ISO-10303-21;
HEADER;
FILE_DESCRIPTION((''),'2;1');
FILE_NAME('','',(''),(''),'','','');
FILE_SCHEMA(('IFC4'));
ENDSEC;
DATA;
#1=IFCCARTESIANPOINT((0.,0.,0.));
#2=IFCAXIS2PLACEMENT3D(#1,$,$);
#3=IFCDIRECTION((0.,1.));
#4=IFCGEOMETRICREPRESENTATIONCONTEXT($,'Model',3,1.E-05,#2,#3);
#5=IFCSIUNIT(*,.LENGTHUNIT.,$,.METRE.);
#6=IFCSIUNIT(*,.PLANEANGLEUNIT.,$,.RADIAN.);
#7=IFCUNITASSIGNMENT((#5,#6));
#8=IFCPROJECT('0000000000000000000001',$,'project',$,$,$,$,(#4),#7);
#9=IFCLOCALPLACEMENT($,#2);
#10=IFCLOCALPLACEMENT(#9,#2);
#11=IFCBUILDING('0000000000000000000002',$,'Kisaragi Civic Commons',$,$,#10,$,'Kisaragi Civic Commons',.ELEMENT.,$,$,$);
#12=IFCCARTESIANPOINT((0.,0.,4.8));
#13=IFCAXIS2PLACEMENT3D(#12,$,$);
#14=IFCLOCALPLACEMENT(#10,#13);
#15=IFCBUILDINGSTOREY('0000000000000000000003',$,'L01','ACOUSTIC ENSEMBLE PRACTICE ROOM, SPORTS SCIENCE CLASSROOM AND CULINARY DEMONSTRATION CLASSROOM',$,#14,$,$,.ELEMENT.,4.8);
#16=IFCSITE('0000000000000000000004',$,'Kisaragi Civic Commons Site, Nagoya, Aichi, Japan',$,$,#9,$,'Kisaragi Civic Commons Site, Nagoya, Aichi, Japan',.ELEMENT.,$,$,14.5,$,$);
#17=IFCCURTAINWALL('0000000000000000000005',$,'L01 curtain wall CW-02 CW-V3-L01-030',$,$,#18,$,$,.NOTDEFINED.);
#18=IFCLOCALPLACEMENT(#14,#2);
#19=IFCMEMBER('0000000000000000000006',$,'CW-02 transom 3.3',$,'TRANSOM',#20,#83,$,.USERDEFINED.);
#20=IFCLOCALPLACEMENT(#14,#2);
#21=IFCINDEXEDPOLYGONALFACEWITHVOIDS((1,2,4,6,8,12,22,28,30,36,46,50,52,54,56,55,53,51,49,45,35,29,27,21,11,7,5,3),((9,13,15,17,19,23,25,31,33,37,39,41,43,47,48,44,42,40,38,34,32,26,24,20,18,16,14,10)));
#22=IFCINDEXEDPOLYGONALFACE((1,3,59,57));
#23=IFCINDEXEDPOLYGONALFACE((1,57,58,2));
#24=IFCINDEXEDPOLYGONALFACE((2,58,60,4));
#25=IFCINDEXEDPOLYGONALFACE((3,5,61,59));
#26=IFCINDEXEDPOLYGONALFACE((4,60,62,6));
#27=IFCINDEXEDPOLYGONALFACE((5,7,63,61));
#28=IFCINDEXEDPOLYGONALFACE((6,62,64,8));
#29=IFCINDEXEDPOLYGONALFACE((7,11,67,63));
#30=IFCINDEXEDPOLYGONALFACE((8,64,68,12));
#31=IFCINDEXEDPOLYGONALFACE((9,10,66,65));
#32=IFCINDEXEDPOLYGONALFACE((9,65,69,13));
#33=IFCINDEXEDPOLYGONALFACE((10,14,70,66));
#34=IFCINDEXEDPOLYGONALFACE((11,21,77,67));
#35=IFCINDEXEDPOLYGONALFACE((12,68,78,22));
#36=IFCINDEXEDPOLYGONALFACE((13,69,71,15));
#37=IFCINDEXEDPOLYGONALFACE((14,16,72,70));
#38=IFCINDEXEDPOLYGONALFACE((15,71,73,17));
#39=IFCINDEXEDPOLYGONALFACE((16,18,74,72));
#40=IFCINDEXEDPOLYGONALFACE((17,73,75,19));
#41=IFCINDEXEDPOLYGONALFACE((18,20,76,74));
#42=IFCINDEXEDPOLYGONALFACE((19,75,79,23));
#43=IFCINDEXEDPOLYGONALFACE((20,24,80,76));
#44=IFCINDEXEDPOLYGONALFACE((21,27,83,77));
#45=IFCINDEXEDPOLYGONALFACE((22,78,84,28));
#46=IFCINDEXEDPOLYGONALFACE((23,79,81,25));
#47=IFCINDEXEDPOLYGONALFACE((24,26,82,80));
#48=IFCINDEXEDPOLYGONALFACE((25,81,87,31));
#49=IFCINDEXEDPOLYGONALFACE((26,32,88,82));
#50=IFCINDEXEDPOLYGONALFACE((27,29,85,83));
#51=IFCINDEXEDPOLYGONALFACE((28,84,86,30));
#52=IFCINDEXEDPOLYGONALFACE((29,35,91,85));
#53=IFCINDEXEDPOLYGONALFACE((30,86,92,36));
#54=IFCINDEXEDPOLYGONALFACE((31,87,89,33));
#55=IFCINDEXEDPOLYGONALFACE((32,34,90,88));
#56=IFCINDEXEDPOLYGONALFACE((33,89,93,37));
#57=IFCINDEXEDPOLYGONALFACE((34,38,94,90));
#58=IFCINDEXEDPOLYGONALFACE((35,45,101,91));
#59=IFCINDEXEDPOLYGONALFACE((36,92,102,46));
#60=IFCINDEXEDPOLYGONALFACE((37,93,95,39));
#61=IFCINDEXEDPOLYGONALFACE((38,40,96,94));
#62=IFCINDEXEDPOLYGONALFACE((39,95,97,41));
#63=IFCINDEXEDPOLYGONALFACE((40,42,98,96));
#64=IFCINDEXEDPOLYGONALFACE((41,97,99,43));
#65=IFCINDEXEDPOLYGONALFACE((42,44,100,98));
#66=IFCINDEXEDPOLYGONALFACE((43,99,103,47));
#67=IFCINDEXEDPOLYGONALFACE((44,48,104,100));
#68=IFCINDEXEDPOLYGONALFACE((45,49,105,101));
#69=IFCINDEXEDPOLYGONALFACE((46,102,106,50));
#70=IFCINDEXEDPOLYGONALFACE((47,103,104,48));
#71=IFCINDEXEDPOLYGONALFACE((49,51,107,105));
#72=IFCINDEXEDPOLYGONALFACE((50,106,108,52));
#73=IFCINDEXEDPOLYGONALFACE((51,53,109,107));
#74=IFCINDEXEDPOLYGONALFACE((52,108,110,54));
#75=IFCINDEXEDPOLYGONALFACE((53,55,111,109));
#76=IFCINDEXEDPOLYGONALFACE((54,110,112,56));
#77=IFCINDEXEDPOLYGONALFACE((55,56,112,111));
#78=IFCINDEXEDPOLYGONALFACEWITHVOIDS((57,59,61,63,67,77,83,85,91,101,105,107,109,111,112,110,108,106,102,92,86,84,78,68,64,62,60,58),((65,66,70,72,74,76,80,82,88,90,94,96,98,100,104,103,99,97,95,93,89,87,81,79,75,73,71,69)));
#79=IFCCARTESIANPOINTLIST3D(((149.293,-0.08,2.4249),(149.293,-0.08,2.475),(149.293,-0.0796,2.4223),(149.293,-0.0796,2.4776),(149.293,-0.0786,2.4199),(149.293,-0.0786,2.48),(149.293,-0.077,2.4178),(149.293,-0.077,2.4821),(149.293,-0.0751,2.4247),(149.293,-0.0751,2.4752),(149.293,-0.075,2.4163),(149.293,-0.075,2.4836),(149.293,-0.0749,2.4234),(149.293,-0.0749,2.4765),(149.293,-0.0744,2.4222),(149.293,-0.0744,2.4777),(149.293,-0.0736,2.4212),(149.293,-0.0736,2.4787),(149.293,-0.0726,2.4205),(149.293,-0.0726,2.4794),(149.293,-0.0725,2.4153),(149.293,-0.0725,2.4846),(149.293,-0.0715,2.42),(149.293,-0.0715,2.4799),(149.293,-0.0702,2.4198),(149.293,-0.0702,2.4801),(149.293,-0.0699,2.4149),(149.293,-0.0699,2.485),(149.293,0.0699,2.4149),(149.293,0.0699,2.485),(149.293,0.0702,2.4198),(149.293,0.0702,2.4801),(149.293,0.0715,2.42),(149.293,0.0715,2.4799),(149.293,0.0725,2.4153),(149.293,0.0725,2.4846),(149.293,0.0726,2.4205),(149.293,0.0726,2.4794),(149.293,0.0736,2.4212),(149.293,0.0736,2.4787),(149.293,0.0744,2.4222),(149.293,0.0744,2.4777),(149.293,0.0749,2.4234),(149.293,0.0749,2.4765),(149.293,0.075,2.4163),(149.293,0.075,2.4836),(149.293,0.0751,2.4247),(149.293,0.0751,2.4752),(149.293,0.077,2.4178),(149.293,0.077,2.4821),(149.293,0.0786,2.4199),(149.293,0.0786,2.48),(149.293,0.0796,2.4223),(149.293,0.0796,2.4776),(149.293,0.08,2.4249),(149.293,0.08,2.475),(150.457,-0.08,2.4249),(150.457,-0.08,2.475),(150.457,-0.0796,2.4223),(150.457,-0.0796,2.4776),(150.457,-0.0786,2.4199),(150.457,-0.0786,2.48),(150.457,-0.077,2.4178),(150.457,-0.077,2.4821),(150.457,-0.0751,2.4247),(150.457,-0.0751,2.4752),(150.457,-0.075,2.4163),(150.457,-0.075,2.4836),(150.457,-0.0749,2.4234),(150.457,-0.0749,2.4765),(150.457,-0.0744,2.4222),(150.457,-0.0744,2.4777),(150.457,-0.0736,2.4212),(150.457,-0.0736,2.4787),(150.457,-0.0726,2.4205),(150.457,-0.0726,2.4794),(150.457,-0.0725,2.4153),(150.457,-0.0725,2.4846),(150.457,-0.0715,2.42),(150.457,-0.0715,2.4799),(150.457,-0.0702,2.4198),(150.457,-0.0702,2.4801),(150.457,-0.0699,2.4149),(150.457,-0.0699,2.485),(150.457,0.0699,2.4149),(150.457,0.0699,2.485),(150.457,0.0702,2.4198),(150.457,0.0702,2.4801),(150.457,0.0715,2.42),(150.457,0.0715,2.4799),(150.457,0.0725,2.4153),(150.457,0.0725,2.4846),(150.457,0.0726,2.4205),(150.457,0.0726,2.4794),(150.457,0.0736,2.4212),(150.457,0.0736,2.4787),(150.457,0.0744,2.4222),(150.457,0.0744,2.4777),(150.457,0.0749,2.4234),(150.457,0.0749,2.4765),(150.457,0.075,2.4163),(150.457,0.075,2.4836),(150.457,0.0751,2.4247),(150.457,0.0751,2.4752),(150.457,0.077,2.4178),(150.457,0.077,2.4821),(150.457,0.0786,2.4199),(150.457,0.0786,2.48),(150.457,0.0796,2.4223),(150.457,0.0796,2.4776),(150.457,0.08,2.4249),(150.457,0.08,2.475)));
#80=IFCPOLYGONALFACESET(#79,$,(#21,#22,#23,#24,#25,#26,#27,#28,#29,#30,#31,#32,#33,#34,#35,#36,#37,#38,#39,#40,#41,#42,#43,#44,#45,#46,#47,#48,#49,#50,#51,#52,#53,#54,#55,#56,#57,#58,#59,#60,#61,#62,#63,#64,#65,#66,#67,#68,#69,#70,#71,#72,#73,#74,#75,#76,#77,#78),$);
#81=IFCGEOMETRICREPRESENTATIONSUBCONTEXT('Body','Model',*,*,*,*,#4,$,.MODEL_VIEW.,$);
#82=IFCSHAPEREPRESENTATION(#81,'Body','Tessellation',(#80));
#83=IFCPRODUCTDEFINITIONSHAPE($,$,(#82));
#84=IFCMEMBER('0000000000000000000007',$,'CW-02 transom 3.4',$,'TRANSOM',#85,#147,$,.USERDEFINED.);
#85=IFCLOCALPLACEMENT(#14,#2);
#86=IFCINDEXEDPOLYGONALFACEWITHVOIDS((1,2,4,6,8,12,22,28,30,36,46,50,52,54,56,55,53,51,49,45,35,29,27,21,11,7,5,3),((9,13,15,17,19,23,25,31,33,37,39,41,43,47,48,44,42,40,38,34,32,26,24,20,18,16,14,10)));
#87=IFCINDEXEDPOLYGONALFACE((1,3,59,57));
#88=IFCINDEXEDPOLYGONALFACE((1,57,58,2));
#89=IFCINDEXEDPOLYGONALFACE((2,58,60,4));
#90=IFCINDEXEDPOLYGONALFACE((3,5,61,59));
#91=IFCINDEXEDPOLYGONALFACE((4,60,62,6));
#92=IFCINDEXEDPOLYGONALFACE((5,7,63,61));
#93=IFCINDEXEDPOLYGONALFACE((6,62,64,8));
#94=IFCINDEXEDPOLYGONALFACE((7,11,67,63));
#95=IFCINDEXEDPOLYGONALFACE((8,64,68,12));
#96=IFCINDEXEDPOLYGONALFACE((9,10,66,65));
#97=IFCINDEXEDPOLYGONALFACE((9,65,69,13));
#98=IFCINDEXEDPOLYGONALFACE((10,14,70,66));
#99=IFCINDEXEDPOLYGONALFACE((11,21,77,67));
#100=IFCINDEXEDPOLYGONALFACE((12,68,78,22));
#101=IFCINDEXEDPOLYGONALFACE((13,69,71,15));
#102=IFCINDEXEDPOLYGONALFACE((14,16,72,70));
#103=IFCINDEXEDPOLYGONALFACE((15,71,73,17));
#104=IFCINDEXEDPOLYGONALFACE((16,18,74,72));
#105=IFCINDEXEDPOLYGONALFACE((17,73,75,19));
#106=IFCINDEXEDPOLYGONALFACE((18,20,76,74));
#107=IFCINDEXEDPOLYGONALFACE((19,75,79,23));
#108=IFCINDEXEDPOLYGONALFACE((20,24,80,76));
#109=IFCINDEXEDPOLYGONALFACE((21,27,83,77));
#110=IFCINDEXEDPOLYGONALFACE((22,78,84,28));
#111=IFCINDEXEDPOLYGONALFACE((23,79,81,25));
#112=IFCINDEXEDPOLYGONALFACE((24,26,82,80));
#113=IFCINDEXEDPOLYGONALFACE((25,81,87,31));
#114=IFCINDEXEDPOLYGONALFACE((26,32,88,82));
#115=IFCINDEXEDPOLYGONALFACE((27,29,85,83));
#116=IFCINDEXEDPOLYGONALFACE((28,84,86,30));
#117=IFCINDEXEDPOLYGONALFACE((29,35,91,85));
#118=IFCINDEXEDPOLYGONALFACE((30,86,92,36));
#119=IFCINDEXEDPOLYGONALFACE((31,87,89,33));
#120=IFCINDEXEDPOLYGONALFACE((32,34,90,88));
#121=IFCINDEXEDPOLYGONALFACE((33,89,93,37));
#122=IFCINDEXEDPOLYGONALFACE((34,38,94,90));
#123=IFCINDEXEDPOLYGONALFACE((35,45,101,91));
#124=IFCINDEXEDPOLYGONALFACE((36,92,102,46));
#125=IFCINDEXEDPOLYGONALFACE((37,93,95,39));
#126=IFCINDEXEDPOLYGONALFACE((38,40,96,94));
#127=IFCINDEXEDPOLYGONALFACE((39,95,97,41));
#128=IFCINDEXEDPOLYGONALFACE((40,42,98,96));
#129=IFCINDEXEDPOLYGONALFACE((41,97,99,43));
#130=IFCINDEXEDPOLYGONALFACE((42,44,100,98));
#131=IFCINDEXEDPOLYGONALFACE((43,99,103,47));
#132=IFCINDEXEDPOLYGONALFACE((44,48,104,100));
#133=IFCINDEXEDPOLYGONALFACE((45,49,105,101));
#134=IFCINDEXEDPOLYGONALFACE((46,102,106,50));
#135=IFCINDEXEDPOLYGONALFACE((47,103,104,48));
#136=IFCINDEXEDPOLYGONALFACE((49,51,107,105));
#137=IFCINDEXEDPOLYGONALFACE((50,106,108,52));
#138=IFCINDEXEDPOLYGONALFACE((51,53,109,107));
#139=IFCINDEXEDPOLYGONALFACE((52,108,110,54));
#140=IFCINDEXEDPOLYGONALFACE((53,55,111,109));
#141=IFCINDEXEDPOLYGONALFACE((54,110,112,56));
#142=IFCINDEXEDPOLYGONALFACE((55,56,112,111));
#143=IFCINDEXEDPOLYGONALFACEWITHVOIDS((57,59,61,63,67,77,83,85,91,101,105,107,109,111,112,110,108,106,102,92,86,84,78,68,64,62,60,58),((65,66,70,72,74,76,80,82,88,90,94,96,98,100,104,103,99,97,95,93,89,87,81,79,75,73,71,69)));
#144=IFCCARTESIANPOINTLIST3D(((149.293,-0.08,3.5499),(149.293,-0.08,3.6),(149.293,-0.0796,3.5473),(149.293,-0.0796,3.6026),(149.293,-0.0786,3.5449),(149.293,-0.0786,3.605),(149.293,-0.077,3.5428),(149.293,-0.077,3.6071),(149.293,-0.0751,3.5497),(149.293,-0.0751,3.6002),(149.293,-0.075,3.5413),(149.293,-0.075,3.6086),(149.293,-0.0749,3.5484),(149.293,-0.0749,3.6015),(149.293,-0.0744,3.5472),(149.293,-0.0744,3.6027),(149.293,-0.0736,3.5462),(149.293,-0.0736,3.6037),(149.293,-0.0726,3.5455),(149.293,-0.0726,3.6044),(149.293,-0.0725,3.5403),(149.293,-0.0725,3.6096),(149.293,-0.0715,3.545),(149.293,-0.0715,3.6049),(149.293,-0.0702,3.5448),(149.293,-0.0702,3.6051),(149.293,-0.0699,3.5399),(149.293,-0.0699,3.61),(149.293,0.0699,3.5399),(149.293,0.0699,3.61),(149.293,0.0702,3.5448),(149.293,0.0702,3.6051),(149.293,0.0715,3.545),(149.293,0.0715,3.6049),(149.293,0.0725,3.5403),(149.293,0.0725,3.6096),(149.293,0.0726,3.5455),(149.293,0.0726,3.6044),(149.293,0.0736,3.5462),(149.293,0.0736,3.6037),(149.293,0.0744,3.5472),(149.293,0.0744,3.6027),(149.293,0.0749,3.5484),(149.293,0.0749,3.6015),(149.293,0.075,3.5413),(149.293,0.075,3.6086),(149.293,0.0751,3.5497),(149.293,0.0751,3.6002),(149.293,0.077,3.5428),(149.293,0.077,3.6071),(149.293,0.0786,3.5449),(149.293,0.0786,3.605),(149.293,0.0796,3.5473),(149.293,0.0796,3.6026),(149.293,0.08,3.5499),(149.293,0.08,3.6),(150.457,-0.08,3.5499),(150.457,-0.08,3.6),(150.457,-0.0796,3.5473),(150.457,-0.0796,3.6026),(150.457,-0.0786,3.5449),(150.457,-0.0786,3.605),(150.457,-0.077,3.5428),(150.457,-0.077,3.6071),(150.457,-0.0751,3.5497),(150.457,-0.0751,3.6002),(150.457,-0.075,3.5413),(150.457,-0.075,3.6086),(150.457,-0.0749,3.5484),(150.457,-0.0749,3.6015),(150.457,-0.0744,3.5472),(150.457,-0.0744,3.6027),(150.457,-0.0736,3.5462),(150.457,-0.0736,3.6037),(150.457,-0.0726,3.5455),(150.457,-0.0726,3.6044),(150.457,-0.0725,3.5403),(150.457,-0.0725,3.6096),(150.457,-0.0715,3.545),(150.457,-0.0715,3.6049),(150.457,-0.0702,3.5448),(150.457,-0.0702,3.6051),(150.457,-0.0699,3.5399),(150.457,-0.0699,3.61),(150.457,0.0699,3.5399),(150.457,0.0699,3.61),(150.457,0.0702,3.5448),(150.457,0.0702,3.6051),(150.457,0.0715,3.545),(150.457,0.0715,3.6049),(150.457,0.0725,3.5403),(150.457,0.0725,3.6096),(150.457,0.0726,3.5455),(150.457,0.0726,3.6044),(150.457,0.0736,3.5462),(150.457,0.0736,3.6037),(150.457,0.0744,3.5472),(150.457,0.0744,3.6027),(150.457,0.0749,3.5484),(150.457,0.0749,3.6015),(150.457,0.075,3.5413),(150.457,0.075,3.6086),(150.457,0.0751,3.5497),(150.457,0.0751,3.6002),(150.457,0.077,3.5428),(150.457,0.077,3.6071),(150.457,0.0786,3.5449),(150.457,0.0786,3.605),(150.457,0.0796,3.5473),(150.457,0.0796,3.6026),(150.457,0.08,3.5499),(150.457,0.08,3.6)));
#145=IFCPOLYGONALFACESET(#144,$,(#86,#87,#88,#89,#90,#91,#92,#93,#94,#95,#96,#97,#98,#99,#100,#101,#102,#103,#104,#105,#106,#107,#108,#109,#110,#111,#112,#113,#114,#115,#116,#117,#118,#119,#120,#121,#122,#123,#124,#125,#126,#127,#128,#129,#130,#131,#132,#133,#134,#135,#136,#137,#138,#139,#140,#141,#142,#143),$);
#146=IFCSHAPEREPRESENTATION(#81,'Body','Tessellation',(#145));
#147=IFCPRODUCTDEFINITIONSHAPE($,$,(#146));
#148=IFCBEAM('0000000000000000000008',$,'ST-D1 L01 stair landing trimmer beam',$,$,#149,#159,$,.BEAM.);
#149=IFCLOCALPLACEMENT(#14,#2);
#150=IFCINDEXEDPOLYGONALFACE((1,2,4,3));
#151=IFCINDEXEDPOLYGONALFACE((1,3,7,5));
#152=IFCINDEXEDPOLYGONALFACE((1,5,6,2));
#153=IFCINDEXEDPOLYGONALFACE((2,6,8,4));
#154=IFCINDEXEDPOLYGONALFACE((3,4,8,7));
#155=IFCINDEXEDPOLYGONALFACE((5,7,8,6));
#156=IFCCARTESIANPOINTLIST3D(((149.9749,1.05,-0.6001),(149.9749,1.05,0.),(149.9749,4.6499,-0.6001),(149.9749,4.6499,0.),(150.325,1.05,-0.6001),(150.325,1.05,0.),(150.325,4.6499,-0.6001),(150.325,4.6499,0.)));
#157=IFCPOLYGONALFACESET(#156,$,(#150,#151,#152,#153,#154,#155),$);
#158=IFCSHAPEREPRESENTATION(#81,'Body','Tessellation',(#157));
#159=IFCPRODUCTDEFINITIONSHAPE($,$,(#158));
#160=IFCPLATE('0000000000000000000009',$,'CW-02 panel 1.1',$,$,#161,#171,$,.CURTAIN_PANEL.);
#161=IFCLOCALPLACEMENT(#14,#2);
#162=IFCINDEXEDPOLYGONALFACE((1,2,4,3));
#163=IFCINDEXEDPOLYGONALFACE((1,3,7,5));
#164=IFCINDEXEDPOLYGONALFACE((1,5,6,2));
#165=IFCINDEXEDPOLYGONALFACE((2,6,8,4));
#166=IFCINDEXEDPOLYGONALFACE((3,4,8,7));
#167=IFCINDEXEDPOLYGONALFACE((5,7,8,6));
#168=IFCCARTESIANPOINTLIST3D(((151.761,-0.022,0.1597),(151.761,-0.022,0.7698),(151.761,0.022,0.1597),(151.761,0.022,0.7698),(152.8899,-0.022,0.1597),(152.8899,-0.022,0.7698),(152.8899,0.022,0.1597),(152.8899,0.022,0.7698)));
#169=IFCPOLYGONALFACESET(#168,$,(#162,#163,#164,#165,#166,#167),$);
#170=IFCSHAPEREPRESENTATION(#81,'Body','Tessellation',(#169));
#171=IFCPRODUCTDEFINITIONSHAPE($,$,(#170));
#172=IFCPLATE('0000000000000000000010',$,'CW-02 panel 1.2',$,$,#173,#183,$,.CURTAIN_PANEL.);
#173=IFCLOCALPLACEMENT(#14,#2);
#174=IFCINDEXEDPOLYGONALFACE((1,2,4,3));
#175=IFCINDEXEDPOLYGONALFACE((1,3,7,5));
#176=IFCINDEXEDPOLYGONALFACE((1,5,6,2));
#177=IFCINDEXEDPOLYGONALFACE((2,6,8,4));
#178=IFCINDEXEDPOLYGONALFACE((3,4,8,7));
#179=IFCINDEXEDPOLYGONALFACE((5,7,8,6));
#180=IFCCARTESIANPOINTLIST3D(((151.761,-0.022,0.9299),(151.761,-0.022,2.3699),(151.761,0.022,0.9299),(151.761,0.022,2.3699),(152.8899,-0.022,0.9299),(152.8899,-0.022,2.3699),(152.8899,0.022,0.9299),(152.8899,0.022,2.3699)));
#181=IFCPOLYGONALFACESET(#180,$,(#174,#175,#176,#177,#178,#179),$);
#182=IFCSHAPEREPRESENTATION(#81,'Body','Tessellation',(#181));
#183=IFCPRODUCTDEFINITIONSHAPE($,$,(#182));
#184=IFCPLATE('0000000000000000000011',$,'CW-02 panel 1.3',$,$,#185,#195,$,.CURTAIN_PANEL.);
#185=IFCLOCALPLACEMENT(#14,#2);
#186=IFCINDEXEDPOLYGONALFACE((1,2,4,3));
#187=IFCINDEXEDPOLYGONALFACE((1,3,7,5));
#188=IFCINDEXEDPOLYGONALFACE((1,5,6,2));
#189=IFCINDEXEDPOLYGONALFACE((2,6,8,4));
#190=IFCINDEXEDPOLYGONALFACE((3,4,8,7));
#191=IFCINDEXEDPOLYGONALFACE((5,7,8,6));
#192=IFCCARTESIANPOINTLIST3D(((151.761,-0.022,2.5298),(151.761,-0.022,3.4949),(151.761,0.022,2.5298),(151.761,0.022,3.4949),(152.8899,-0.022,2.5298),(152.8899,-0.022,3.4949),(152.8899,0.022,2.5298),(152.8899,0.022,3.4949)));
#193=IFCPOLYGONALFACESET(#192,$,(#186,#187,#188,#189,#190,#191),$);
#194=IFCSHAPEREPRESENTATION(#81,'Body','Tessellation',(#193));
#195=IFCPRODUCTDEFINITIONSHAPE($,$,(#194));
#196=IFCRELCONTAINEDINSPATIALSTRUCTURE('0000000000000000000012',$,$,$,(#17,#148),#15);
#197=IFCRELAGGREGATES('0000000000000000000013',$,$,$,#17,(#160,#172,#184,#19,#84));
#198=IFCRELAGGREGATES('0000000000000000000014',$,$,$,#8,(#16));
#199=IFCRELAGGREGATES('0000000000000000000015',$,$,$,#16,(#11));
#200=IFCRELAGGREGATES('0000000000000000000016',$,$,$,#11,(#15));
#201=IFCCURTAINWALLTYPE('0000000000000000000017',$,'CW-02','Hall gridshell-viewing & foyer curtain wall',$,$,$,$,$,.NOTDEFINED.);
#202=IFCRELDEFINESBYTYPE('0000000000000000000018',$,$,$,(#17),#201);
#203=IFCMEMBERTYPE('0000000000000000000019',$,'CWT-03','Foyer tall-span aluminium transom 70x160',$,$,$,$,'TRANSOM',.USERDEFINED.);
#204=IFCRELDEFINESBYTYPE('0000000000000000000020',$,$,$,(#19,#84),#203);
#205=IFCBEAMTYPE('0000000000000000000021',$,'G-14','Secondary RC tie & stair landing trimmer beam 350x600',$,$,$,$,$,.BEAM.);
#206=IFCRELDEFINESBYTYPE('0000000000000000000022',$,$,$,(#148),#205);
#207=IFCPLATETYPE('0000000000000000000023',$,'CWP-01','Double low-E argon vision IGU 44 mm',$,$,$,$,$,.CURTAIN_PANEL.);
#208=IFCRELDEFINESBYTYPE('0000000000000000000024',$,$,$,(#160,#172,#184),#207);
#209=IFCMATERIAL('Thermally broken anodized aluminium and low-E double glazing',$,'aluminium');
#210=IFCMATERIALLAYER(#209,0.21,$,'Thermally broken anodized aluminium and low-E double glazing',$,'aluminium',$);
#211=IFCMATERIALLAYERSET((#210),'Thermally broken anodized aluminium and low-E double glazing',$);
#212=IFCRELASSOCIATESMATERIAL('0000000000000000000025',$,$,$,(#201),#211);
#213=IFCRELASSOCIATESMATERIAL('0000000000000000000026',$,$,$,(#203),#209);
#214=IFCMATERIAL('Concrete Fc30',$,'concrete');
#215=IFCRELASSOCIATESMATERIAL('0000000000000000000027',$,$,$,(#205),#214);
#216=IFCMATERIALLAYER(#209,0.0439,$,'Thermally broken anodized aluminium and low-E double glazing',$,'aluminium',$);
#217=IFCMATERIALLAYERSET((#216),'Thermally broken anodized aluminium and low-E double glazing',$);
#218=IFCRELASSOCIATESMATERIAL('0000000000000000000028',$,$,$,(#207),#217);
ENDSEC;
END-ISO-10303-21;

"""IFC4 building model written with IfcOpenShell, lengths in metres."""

from ifc_helpers import new_model, si_unit, direction, frame, origin, origin_2d, place, context, subcontext, project, spatial, rectangle, hollow_rectangle, extrude, material, layer, layer_set, material_profile, profile_set, type_object, element, aggregate, save


model = new_model("IFC4")

# Units and contexts
model_context = context("Model", 3, precision=1e-05, world=origin(), true_north=direction((0.0, 1.0)))
body_context = subcontext(model_context, "Body", "Model", "MODEL_VIEW")
ifc_project = project(units=[si_unit("LENGTHUNIT", "METRE"), si_unit("PLANEANGLEUNIT", "RADIAN")], contexts=[model_context])

# Site, building, storey
site_placement = place(None, origin())
site = spatial("IfcSite", under=ifc_project, at=site_placement, Name="Kisaragi Civic Commons Site, Nagoya, Aichi, Japan", LongName="Kisaragi Civic Commons Site, Nagoya, Aichi, Japan", CompositionType="ELEMENT", RefElevation=14.5)
building_placement = place(site_placement, origin())
building = spatial("IfcBuilding", under=site, at=building_placement, Name="Kisaragi Civic Commons", LongName="Kisaragi Civic Commons", CompositionType="ELEMENT")
storey_placement = place(building_placement, frame((0.0, 0.0, 4.8)))
storey = spatial("IfcBuildingStorey", under=building, at=storey_placement, Name="L01", Description="ACOUSTIC ENSEMBLE PRACTICE ROOM, SPORTS SCIENCE CLASSROOM AND CULINARY DEMONSTRATION CLASSROOM", CompositionType="ELEMENT", Elevation=4.8)

# Curtain wall, members
ifc_material_1 = material(Name="Thermally broken anodized aluminium and low-E double glazing", Category="aluminium")
ifc_layer_1 = layer(ifc_material_1, 0.21, Name="Thermally broken anodized aluminium and low-E double glazing", Category="aluminium")
ifc_layer_set_1 = layer_set([ifc_layer_1], Name="Thermally broken anodized aluminium and low-E double glazing")
curtain_wall_type = type_object("IfcCurtainWallType", Name="CW-02", Description="Hall gridshell-viewing & foyer curtain wall", PredefinedType="NOTDEFINED", material=ifc_layer_set_1)
curtain_wall_placement = place(storey_placement, origin())
curtain_wall = element("IfcCurtainWall", 1, at=curtain_wall_placement, inside=storey, type_object=curtain_wall_type, Name="L01 curtain wall CW-02 CW-V3-L01-030", PredefinedType="NOTDEFINED")
ifc_material_profile_1 = material_profile(ifc_material_1, hollow_rectangle(XDim=0.1599, YDim=0.0701, WallThickness=0.0049, InnerFilletRadius=0.0049, OuterFilletRadius=0.01, at=origin_2d()), Name="CWT-70x160x5", Category="aluminium")
ifc_profile_set_1 = profile_set([ifc_material_profile_1], Name="Thermally broken anodized aluminium and low-E double glazing")
member_type_1 = type_object("IfcMemberType", Name="CWT-03", Description="Foyer tall-span aluminium transom 70x160", ElementType="TRANSOM", PredefinedType="USERDEFINED", material=ifc_profile_set_1)
member_1_placement = place(storey_placement, frame((150.457, 0.0, 2.45), z_axis=(-1.0, 0.0, 0.0), x_axis=(0.0, -1.0, 0.0)))
member_1 = element("IfcMember", 2, at=member_1_placement, type_object=member_type_1, Name="CW-02 transom 3.3", ObjectType="TRANSOM", PredefinedType="USERDEFINED", context=body_context, shape_type="SweptSolid", body=[
    extrude(hollow_rectangle(XDim=0.1599, YDim=0.0701, WallThickness=0.0049, InnerFilletRadius=0.0049, OuterFilletRadius=0.01, at=origin_2d()), origin(), (0.0, 0.0, 1.0), 1.1641),
])
member_2_placement = place(storey_placement, frame((150.457, 0.0, 3.575), z_axis=(-1.0, 0.0, 0.0), x_axis=(0.0, -1.0, 0.0)))
member_2 = element("IfcMember", 3, at=member_2_placement, type_object=member_type_1, Name="CW-02 transom 3.4", ObjectType="TRANSOM", PredefinedType="USERDEFINED", context=body_context, shape_type="SweptSolid", body=[
    extrude(hollow_rectangle(XDim=0.1599, YDim=0.0701, WallThickness=0.0049, InnerFilletRadius=0.0049, OuterFilletRadius=0.01, at=origin_2d()), origin(), (0.0, 0.0, 1.0), 1.1641),
])

# Beam
ifc_material_2 = material(Name="Concrete Fc30", Category="concrete")
ifc_material_profile_2 = material_profile(ifc_material_2, rectangle(XDim=0.3501, YDim=0.6001, at=origin_2d()), Name="RC-350x600", Category="concrete")
ifc_profile_set_2 = profile_set([ifc_material_profile_2], Name="Concrete Fc30")
beam_type = type_object("IfcBeamType", Name="G-14", Description="Secondary RC tie & stair landing trimmer beam 350x600", PredefinedType="BEAM", material=ifc_profile_set_2)
beam_placement = place(storey_placement, frame((150.1499, 1.05, -0.3), z_axis=(0.0, 1.0, 0.0), x_axis=(-1.0, 0.0, 0.0)))
element("IfcBeam", 4, at=beam_placement, inside=storey, type_object=beam_type, Name="ST-D1 L01 stair landing trimmer beam", PredefinedType="BEAM", context=body_context, shape_type="SweptSolid", body=[
    extrude(rectangle(XDim=0.3501, YDim=0.6001, at=origin_2d()), origin(), (0.0, 0.0, 1.0), 3.5999),
])

# Plates
ifc_layer_2 = layer(ifc_material_1, 0.0439, Name="Thermally broken anodized aluminium and low-E double glazing", Category="aluminium")
ifc_layer_set_2 = layer_set([ifc_layer_2], Name="Thermally broken anodized aluminium and low-E double glazing")
plate_type = type_object("IfcPlateType", Name="CWP-01", Description="Double low-E argon vision IGU 44 mm", PredefinedType="CURTAIN_PANEL", material=ifc_layer_set_2)
plate_1_placement = place(storey_placement, frame((152.3254, 0.0, 0.1597), z_axis=(0.0, 0.0, 1.0), x_axis=(-1.0, 0.0, 0.0)))
plate_1 = element("IfcPlate", 5, at=plate_1_placement, type_object=plate_type, Name="CW-02 panel 1.1", PredefinedType="CURTAIN_PANEL", context=body_context, shape_type="SweptSolid", body=[
    extrude(rectangle(XDim=1.1289, YDim=0.0439, at=origin_2d()), origin(), (0.0, 0.0, 1.0), 0.6101),
])
plate_2_placement = place(storey_placement, frame((152.3254, 0.0, 0.9299), z_axis=(0.0, 0.0, 1.0), x_axis=(-1.0, 0.0, 0.0)))
plate_2 = element("IfcPlate", 6, at=plate_2_placement, type_object=plate_type, Name="CW-02 panel 1.2", PredefinedType="CURTAIN_PANEL", context=body_context, shape_type="SweptSolid", body=[
    extrude(rectangle(XDim=1.1289, YDim=0.0439, at=origin_2d()), origin(), (0.0, 0.0, 1.0), 1.4399),
])
plate_3_placement = place(storey_placement, frame((152.3254, 0.0, 2.5298), z_axis=(0.0, 0.0, 1.0), x_axis=(-1.0, 0.0, 0.0)))
plate_3 = element("IfcPlate", 7, at=plate_3_placement, type_object=plate_type, Name="CW-02 panel 1.3", PredefinedType="CURTAIN_PANEL", context=body_context, shape_type="SweptSolid", body=[
    extrude(rectangle(XDim=1.1289, YDim=0.0439, at=origin_2d()), origin(), (0.0, 0.0, 1.0), 0.9651),
])
aggregate(curtain_wall, [plate_1, plate_2, plate_3, member_1, member_2])

save(model, "model.ifc")
